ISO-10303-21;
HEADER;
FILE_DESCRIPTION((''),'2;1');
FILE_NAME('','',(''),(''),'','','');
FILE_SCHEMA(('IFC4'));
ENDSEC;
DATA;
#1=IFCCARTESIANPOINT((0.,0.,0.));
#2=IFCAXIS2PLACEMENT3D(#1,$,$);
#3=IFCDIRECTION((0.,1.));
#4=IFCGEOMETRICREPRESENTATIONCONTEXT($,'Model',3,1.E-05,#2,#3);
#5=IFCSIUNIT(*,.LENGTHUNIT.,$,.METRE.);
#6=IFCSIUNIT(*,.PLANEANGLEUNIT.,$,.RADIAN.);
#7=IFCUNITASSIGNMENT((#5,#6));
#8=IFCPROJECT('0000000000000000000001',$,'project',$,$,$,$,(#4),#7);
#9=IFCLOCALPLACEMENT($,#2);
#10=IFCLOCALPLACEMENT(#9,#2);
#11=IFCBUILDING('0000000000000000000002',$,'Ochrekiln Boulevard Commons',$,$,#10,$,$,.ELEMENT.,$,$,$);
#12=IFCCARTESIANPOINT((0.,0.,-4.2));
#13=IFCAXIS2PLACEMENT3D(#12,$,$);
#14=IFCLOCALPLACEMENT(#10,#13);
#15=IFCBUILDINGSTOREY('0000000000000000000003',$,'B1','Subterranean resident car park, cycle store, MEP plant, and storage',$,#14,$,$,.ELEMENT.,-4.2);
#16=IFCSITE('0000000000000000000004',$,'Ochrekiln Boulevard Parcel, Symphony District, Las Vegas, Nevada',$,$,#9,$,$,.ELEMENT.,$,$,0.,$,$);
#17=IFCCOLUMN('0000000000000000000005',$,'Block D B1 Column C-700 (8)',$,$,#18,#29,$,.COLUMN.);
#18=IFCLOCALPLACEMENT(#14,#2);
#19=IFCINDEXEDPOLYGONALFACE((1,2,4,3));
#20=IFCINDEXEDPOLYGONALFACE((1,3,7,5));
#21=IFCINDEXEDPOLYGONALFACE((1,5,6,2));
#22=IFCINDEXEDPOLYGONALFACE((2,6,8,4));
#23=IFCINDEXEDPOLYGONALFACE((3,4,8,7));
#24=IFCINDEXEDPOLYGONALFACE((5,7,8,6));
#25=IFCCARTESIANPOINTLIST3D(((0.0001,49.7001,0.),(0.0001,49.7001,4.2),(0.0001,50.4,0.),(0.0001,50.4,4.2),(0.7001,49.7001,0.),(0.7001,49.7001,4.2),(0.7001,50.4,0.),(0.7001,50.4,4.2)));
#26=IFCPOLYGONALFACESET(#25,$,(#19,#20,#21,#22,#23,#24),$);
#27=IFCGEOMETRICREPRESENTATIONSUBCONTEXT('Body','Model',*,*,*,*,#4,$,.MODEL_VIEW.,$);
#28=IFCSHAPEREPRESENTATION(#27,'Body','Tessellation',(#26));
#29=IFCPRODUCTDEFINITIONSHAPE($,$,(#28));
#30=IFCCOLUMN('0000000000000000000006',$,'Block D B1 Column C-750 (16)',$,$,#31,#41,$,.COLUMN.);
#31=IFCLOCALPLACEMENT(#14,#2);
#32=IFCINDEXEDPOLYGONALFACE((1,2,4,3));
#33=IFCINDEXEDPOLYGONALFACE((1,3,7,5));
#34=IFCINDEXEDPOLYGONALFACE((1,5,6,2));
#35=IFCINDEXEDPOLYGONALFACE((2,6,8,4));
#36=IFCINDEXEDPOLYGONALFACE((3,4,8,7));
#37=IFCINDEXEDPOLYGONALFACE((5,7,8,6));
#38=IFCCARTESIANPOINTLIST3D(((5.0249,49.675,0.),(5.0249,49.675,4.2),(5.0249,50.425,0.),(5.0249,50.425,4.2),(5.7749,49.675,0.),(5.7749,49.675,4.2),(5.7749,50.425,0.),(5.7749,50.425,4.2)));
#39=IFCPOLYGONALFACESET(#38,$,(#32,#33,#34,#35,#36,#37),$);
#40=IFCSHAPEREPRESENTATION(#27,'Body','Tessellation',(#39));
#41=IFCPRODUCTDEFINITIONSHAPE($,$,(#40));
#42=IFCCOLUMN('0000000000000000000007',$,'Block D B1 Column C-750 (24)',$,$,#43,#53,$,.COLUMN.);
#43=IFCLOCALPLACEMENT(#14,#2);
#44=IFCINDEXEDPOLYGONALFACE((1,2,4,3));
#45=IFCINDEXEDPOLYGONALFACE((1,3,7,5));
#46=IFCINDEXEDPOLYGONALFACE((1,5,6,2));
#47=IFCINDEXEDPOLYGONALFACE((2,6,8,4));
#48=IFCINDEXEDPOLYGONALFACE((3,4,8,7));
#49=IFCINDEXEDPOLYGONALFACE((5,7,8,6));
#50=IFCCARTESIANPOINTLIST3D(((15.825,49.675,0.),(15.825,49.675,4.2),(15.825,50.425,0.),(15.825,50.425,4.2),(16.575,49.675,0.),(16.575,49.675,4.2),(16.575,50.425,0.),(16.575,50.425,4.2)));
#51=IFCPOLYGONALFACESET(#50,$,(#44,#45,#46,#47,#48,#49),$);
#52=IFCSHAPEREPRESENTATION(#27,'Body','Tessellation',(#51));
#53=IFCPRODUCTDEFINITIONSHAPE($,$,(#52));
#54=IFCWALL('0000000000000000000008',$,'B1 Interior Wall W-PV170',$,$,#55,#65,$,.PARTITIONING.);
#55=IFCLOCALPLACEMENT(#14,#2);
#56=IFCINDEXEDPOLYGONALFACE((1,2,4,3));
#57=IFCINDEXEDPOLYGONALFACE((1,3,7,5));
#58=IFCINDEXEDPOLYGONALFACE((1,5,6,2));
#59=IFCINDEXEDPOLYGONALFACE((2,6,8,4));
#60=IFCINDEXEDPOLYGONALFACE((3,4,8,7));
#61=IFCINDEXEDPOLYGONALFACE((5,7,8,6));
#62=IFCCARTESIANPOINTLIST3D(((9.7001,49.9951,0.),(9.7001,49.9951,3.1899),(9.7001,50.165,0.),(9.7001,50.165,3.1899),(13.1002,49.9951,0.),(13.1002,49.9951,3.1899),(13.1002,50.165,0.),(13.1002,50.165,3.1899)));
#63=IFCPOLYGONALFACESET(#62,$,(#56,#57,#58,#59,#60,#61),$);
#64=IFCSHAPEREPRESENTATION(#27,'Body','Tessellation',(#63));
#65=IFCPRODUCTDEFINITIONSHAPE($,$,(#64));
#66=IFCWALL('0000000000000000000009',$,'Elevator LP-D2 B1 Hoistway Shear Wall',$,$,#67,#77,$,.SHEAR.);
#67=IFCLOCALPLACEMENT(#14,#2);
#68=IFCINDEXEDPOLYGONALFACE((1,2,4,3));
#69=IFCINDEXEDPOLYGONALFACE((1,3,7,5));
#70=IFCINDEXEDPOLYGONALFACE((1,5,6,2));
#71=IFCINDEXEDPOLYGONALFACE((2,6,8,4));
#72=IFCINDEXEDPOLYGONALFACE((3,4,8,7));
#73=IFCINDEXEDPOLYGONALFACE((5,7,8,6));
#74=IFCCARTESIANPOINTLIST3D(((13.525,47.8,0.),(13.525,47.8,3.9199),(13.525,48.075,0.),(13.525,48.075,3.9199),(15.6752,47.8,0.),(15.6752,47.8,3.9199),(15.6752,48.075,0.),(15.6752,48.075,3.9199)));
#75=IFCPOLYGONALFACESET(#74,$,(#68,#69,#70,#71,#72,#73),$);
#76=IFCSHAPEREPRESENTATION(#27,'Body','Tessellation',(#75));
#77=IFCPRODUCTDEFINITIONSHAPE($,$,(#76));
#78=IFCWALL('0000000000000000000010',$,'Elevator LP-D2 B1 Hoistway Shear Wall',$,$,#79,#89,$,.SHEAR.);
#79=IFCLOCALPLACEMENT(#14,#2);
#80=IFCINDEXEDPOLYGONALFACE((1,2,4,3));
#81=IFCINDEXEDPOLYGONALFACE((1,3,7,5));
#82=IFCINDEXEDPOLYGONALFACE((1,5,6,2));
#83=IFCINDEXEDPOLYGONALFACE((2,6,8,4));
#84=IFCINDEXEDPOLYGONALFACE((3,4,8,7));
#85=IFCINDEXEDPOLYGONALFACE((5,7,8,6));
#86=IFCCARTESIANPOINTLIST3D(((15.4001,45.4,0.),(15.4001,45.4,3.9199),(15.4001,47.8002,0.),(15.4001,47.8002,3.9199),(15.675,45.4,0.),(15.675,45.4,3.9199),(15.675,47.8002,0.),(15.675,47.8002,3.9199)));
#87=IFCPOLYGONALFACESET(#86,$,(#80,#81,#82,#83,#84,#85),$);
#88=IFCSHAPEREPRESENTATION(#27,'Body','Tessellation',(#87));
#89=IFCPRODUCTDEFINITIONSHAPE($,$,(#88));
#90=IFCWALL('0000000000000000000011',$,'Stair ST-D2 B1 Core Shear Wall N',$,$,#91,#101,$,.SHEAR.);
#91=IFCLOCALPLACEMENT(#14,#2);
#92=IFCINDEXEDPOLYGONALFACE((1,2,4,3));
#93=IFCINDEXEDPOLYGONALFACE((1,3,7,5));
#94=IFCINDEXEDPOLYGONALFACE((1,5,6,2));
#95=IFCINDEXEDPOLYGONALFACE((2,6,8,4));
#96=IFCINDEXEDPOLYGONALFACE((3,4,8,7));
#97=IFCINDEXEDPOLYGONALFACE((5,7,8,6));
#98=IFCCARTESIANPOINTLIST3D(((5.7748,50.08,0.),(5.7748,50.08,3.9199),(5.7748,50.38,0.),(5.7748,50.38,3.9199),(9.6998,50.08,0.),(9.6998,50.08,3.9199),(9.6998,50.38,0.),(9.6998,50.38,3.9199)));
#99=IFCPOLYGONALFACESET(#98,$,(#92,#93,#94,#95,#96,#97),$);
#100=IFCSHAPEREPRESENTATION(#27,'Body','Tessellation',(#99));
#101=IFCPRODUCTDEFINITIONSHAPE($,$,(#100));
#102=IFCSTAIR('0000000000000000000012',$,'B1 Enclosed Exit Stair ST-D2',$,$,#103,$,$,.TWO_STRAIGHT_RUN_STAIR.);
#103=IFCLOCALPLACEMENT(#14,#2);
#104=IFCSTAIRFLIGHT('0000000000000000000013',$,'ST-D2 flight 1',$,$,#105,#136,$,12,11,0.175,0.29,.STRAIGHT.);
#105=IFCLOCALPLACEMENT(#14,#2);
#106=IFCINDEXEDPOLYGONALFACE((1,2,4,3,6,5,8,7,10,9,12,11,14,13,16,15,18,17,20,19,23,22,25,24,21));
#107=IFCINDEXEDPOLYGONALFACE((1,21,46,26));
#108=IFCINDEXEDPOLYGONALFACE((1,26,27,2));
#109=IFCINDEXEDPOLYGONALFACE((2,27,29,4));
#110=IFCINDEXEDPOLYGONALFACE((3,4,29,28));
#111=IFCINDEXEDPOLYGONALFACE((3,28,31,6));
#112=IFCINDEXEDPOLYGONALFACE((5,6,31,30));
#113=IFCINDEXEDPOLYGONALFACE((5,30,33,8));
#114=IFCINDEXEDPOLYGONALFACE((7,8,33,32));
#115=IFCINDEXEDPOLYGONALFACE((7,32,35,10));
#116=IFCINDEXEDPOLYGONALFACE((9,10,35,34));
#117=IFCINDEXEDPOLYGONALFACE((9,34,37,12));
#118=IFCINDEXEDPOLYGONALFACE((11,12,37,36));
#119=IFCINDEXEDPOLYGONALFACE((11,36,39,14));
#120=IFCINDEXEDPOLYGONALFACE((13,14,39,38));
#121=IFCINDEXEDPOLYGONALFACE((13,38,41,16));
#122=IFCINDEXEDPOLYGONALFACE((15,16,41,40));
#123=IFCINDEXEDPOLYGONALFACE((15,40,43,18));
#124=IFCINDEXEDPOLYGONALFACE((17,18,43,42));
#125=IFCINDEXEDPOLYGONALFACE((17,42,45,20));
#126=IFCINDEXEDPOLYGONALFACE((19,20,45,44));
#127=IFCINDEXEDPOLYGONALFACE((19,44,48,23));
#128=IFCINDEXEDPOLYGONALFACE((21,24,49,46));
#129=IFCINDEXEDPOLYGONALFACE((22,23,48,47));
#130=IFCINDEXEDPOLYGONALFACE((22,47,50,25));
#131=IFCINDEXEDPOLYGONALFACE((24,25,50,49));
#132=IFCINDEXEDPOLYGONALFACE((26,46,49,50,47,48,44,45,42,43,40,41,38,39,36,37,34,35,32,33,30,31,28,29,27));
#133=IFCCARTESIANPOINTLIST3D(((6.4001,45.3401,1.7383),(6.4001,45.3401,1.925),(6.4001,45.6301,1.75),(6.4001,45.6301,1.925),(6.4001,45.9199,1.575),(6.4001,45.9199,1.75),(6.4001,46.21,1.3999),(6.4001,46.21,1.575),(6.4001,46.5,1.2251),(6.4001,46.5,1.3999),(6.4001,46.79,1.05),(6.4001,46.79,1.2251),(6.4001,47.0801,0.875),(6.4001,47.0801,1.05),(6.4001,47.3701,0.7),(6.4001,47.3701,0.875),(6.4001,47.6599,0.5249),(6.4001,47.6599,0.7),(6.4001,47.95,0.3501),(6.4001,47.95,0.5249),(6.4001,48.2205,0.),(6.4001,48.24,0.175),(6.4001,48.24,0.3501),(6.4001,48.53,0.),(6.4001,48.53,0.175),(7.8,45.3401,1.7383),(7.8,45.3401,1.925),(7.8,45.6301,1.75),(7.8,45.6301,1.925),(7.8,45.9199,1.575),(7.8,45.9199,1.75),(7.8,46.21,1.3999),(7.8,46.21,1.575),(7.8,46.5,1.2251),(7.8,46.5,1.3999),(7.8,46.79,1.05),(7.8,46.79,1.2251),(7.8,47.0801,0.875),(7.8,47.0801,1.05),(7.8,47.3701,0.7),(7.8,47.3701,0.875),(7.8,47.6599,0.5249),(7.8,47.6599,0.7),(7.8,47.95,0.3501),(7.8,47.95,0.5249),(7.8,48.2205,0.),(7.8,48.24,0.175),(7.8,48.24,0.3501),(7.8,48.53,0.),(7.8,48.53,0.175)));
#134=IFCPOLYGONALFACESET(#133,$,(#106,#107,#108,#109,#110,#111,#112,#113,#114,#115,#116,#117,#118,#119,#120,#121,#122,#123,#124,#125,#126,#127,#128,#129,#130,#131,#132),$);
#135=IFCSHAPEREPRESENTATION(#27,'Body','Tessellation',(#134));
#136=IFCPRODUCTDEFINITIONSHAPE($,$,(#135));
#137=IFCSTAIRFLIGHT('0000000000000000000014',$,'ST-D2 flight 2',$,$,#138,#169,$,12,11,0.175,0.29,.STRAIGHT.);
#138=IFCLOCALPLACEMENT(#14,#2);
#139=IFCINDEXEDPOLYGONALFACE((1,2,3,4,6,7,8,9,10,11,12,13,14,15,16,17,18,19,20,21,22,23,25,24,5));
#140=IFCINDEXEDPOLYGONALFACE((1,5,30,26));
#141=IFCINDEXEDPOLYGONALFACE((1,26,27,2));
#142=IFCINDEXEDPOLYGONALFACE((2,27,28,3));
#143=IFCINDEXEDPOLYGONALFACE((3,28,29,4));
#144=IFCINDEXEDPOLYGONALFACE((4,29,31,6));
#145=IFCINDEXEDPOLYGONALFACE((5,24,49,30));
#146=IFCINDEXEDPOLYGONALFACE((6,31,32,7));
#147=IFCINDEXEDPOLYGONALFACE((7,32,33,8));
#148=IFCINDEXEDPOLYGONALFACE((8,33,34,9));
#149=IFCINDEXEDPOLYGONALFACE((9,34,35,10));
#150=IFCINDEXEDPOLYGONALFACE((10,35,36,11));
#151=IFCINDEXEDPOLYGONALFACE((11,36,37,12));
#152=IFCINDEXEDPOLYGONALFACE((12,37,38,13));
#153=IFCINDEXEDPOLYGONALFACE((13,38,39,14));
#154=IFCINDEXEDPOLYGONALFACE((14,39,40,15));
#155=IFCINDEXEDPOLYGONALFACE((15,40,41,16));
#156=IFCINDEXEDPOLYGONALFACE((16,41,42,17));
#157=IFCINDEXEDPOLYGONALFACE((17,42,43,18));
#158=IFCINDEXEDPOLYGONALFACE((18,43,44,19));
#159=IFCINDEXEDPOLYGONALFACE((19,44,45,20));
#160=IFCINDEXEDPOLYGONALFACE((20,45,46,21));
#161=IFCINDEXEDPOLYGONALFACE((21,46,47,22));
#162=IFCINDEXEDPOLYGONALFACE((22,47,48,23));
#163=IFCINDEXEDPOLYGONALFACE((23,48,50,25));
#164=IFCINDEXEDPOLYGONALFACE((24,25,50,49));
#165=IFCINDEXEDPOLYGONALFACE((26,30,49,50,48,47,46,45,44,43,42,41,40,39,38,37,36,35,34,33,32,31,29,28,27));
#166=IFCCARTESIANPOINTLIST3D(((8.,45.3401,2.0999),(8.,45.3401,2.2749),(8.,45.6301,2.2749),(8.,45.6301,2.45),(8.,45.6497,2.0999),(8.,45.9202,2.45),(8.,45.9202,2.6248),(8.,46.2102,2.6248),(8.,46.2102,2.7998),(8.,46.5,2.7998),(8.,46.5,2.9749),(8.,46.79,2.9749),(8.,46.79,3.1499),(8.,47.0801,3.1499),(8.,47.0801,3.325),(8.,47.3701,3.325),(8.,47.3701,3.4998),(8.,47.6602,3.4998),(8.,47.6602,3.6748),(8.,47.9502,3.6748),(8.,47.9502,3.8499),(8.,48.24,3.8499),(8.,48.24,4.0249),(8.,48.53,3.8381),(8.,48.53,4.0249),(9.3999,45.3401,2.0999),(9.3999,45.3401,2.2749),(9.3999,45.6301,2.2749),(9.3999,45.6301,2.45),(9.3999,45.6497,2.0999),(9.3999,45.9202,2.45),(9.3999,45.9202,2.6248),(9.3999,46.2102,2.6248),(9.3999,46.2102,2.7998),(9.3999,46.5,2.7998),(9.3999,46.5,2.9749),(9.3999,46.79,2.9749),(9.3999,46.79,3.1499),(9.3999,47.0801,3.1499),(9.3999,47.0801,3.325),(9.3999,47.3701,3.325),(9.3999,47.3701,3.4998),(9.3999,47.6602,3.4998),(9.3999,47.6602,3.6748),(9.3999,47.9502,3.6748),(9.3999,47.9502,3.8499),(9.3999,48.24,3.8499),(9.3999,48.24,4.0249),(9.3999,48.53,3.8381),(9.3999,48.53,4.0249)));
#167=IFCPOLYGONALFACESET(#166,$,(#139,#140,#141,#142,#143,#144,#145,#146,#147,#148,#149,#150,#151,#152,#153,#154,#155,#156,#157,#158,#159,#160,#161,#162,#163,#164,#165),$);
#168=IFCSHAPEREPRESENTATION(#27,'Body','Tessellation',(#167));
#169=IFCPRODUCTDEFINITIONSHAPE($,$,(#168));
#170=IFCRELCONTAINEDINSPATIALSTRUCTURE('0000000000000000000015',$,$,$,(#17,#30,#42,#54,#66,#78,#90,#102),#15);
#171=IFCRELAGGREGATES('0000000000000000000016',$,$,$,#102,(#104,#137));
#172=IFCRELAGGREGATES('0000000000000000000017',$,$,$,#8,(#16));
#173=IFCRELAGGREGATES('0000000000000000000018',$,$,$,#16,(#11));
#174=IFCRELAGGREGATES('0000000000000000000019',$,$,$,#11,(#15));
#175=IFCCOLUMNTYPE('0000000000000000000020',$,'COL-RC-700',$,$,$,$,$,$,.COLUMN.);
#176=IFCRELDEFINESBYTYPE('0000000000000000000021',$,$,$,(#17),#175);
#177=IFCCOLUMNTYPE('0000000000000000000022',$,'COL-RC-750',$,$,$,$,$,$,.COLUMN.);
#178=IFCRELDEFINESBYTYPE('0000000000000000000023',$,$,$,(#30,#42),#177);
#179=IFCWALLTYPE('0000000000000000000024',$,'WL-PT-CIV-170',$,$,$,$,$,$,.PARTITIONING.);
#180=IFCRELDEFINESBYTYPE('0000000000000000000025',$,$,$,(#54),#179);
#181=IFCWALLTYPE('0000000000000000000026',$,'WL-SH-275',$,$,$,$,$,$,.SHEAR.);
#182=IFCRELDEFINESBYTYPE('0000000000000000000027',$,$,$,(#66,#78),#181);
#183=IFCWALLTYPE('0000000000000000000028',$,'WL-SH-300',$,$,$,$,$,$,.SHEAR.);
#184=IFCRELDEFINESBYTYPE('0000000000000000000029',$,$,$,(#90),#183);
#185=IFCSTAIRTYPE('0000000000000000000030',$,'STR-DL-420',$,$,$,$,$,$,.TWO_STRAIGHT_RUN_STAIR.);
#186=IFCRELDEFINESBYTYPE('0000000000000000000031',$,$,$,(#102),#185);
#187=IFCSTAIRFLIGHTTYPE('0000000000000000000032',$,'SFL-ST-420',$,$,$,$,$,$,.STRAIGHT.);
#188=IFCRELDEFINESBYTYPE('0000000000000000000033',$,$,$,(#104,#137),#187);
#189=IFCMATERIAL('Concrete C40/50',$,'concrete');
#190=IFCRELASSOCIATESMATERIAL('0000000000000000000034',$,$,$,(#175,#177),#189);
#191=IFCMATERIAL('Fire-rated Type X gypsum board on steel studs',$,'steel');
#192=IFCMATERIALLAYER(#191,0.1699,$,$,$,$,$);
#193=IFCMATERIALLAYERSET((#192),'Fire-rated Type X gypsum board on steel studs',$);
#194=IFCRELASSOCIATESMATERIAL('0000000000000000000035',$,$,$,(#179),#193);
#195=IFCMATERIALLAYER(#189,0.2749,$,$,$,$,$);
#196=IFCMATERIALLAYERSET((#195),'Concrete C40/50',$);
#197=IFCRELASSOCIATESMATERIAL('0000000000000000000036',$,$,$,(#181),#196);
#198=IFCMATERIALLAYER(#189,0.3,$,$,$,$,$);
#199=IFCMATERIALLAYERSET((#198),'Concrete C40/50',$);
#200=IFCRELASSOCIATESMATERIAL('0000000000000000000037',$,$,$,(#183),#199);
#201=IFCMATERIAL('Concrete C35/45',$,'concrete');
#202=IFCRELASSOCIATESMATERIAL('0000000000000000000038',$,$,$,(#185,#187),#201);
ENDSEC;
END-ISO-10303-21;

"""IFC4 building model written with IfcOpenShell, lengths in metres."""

from ifc_helpers import new_model, si_unit, direction, frame, frame_2d, origin, origin_2d, place, context, subcontext, project, spatial, polyline, rectangle, outline, extrude, material, layer, layer_set, material_profile, profile_set, type_object, element, aggregate, save


model = new_model("IFC4")

# Units and contexts
model_context = context("Model", 3, precision=1e-05, world=origin(), true_north=direction((0.0, 1.0)))
body_context = subcontext(model_context, "Body", "Model", "MODEL_VIEW")
ifc_project = project(units=[si_unit("LENGTHUNIT", "METRE"), si_unit("PLANEANGLEUNIT", "RADIAN")], contexts=[model_context])

# Site, building, storey
site_placement = place(None, origin())
site = spatial("IfcSite", under=ifc_project, at=site_placement, Name="Ochrekiln Boulevard Parcel, Symphony District, Las Vegas, Nevada", CompositionType="ELEMENT", RefElevation=0.0)
building_placement = place(site_placement, origin())
building = spatial("IfcBuilding", under=site, at=building_placement, Name="Ochrekiln Boulevard Commons", CompositionType="ELEMENT")
storey_placement = place(building_placement, frame((0.0, 0.0, -4.2)))
storey = spatial("IfcBuildingStorey", under=building, at=storey_placement, Name="B1", Description="Subterranean resident car park, cycle store, MEP plant, and storage", CompositionType="ELEMENT", Elevation=-4.2)

# Shared definitions
ifc_material_1 = material(Name="Concrete C35/45", Category="concrete")

# Columns
ifc_material_2 = material(Name="Concrete C40/50", Category="concrete")
ifc_material_profile_1 = material_profile(ifc_material_2, rectangle(XDim=0.7, YDim=0.7, at=origin_2d()), Name="RC-COL-700x700")
ifc_profile_set_1 = profile_set([ifc_material_profile_1], Name="Concrete C40/50")
column_type_1 = type_object("IfcColumnType", Name="COL-RC-700", PredefinedType="COLUMN", material=ifc_profile_set_1)
column_1_placement = place(storey_placement, frame((0.3501, 50.05, 0.0), z_axis=(0.0, 0.0, 1.0), x_axis=(1.0, 0.0, 0.0)))
element("IfcColumn", 1, at=column_1_placement, inside=storey, type_object=column_type_1, Name="Block D B1 Column C-700 (8)", PredefinedType="COLUMN", context=body_context, shape_type="SweptSolid", body=[
    extrude(rectangle(XDim=0.7, YDim=0.7, at=origin_2d()), origin(), (0.0, 0.0, 1.0), 4.2),
])
ifc_material_profile_2 = material_profile(ifc_material_2, rectangle(XDim=0.75, YDim=0.75, at=origin_2d()), Name="RC-COL-750x750")
ifc_profile_set_2 = profile_set([ifc_material_profile_2], Name="Concrete C40/50")
column_type_2 = type_object("IfcColumnType", Name="COL-RC-750", PredefinedType="COLUMN", material=ifc_profile_set_2)
for number, where, z_axis, x_axis, name in (
    (2, (5.3999, 50.05, 0.0), (0.0, 0.0, 1.0), (1.0, 0.0, 0.0), "Block D B1 Column C-750 (16)"),
    (3, (16.2, 50.05, 0.0), (0.0, 0.0, 1.0), (1.0, 0.0, 0.0), "Block D B1 Column C-750 (24)"),
):
    element("IfcColumn", number, at=place(storey_placement, frame(where, z_axis=z_axis, x_axis=x_axis)), inside=storey, type_object=column_type_2, Name=name, PredefinedType="COLUMN", context=body_context, shape_type="SweptSolid", body=[
        extrude(rectangle(XDim=0.75, YDim=0.75, at=origin_2d()), origin(), (0.0, 0.0, 1.0), 4.2),
    ])

# Walls
ifc_material_3 = material(Name="Fire-rated Type X gypsum board on steel studs", Category="steel")
ifc_layer_1 = layer(ifc_material_3, 0.1699)
ifc_layer_set_1 = layer_set([ifc_layer_1], Name="Fire-rated Type X gypsum board on steel studs")
wall_type_1 = type_object("IfcWallType", Name="WL-PT-CIV-170", PredefinedType="PARTITIONING", material=ifc_layer_set_1)
wall_1_placement = place(storey_placement, frame((9.7, 50.0801, 0.0), z_axis=(0.0, 0.0, 1.0), x_axis=(1.0, 0.0, 0.0)))
element("IfcWall", 4, at=wall_1_placement, inside=storey, type_object=wall_type_1, Name="B1 Interior Wall W-PV170", PredefinedType="PARTITIONING", context=body_context, shape_type="SweptSolid", body=[
    extrude(rectangle(XDim=3.4001, YDim=0.1699, at=frame_2d((1.7002, 0.0))), origin(), (0.0, 0.0, 1.0), 3.1899),
])
ifc_layer_2 = layer(ifc_material_2, 0.2749)
ifc_layer_set_2 = layer_set([ifc_layer_2], Name="Concrete C40/50")
wall_type_2 = type_object("IfcWallType", Name="WL-SH-275", PredefinedType="SHEAR", material=ifc_layer_set_2)
wall_2_placement = place(storey_placement, frame((13.5249, 47.9375, 0.0), z_axis=(0.0, 0.0, 1.0), x_axis=(1.0, 0.0, 0.0)))
element("IfcWall", 5, at=wall_2_placement, inside=storey, type_object=wall_type_2, Name="Elevator LP-D2 B1 Hoistway Shear Wall", PredefinedType="SHEAR", context=body_context, shape_type="SweptSolid", body=[
    extrude(rectangle(XDim=2.1501, YDim=0.2749, at=frame_2d((1.0752, 0.0))), origin(), (0.0, 0.0, 1.0), 3.9199),
])

# Walls
wall_3_placement = place(storey_placement, frame((15.5376, 45.3999, 0.0), z_axis=(0.0, 0.0, 1.0), x_axis=(0.0, 1.0, 0.0)))
element("IfcWall", 6, at=wall_3_placement, inside=storey, type_object=wall_type_2, Name="Elevator LP-D2 B1 Hoistway Shear Wall", PredefinedType="SHEAR", context=body_context, shape_type="SweptSolid", body=[
    extrude(rectangle(XDim=2.4001, YDim=0.2749, at=frame_2d((1.2002, 0.0))), origin(), (0.0, 0.0, 1.0), 3.9199),
])
ifc_layer_3 = layer(ifc_material_2, 0.3)
ifc_layer_set_3 = layer_set([ifc_layer_3], Name="Concrete C40/50")
wall_type_3 = type_object("IfcWallType", Name="WL-SH-300", PredefinedType="SHEAR", material=ifc_layer_set_3)
wall_4_placement = place(storey_placement, frame((5.7749, 50.23, 0.0), z_axis=(0.0, 0.0, 1.0), x_axis=(1.0, 0.0, 0.0)))
element("IfcWall", 7, at=wall_4_placement, inside=storey, type_object=wall_type_3, Name="Stair ST-D2 B1 Core Shear Wall N", PredefinedType="SHEAR", context=body_context, shape_type="SweptSolid", body=[
    extrude(rectangle(XDim=3.925, YDim=0.3, at=frame_2d((1.9624, 0.0))), origin(), (0.0, 0.0, 1.0), 3.9199),
])

# Stair, stair flights
stair_type = type_object("IfcStairType", Name="STR-DL-420", PredefinedType="TWO_STRAIGHT_RUN_STAIR", material=ifc_material_1)
stair_placement = place(storey_placement, origin())
stair = element("IfcStair", 8, at=stair_placement, inside=storey, type_object=stair_type, Name="B1 Enclosed Exit Stair ST-D2", PredefinedType="TWO_STRAIGHT_RUN_STAIR")
stair_flight_type = type_object("IfcStairFlightType", Name="SFL-ST-420", PredefinedType="STRAIGHT", material=ifc_material_1)
stair_flight_1_placement = place(storey_placement, frame((7.1001, 48.53, 0.0), z_axis=(0.0, 0.0, 1.0), x_axis=(0.0, -1.0, 0.0)))
stair_flight_1 = element("IfcStairFlight", 9, at=stair_flight_1_placement, type_object=stair_flight_type, Name="ST-D2 flight 1", NumberOfRisers=12, NumberOfTreads=11, PredefinedType="STRAIGHT", RiserHeight=0.175, TreadLength=0.29, context=body_context, shape_type="SweptSolid", body=[
    extrude(outline(polyline([(0.0, 0.0), (0.0, 0.175), (0.29, 0.175), (0.29, 0.3501), (0.5801, 0.3501), (0.5801, 0.5249), (0.8701, 0.5249), (0.8701, 0.7), (1.1599, 0.7), (1.1599, 0.875), (1.45, 0.875), (1.45, 1.05), (1.74, 1.05), (1.74, 1.2251), (2.03, 1.2251), (2.03, 1.3999), (2.3201, 1.3999), (2.3201, 1.575), (2.6101, 1.575), (2.6101, 1.75), (2.8999, 1.75), (2.8999, 1.925), (3.1899, 1.925), (3.1899, 2.1001), (3.1899, 1.7383), (0.3096, 0.0), (0.0, 0.0)])), frame((0.0, 0.7, 0.0), z_axis=(0.0, -1.0, 0.0), x_axis=(1.0, 0.0, 0.0)), (0.0, 0.0, 1.0), 1.3999),
])
stair_flight_2_placement = place(storey_placement, frame((8.7, 45.3401, 2.0999), z_axis=(0.0, 0.0, 1.0), x_axis=(0.0, 1.0, 0.0)))
stair_flight_2 = element("IfcStairFlight", 10, at=stair_flight_2_placement, type_object=stair_flight_type, Name="ST-D2 flight 2", NumberOfRisers=12, NumberOfTreads=11, PredefinedType="STRAIGHT", RiserHeight=0.175, TreadLength=0.29, context=body_context, shape_type="SweptSolid", body=[
    extrude(outline(polyline([(0.0, 0.0), (0.0, 0.175), (0.29, 0.175), (0.29, 0.3501), (0.5801, 0.3501), (0.5801, 0.5249), (0.8701, 0.5249), (0.8701, 0.7), (1.1599, 0.7), (1.1599, 0.875), (1.45, 0.875), (1.45, 1.05), (1.74, 1.05), (1.74, 1.2251), (2.03, 1.2251), (2.03, 1.3999), (2.3201, 1.3999), (2.3201, 1.575), (2.6101, 1.575), (2.6101, 1.75), (2.8999, 1.75), (2.8999, 1.925), (3.1899, 1.925), (3.1899, 2.1001), (3.1899, 1.7383), (0.3096, 0.0), (0.0, 0.0)])), frame((0.0, 0.7, 0.0), z_axis=(0.0, -1.0, 0.0), x_axis=(1.0, 0.0, 0.0)), (0.0, 0.0, 1.0), 1.3999),
])
aggregate(stair, [stair_flight_1, stair_flight_2])

save(model, "model.ifc")
